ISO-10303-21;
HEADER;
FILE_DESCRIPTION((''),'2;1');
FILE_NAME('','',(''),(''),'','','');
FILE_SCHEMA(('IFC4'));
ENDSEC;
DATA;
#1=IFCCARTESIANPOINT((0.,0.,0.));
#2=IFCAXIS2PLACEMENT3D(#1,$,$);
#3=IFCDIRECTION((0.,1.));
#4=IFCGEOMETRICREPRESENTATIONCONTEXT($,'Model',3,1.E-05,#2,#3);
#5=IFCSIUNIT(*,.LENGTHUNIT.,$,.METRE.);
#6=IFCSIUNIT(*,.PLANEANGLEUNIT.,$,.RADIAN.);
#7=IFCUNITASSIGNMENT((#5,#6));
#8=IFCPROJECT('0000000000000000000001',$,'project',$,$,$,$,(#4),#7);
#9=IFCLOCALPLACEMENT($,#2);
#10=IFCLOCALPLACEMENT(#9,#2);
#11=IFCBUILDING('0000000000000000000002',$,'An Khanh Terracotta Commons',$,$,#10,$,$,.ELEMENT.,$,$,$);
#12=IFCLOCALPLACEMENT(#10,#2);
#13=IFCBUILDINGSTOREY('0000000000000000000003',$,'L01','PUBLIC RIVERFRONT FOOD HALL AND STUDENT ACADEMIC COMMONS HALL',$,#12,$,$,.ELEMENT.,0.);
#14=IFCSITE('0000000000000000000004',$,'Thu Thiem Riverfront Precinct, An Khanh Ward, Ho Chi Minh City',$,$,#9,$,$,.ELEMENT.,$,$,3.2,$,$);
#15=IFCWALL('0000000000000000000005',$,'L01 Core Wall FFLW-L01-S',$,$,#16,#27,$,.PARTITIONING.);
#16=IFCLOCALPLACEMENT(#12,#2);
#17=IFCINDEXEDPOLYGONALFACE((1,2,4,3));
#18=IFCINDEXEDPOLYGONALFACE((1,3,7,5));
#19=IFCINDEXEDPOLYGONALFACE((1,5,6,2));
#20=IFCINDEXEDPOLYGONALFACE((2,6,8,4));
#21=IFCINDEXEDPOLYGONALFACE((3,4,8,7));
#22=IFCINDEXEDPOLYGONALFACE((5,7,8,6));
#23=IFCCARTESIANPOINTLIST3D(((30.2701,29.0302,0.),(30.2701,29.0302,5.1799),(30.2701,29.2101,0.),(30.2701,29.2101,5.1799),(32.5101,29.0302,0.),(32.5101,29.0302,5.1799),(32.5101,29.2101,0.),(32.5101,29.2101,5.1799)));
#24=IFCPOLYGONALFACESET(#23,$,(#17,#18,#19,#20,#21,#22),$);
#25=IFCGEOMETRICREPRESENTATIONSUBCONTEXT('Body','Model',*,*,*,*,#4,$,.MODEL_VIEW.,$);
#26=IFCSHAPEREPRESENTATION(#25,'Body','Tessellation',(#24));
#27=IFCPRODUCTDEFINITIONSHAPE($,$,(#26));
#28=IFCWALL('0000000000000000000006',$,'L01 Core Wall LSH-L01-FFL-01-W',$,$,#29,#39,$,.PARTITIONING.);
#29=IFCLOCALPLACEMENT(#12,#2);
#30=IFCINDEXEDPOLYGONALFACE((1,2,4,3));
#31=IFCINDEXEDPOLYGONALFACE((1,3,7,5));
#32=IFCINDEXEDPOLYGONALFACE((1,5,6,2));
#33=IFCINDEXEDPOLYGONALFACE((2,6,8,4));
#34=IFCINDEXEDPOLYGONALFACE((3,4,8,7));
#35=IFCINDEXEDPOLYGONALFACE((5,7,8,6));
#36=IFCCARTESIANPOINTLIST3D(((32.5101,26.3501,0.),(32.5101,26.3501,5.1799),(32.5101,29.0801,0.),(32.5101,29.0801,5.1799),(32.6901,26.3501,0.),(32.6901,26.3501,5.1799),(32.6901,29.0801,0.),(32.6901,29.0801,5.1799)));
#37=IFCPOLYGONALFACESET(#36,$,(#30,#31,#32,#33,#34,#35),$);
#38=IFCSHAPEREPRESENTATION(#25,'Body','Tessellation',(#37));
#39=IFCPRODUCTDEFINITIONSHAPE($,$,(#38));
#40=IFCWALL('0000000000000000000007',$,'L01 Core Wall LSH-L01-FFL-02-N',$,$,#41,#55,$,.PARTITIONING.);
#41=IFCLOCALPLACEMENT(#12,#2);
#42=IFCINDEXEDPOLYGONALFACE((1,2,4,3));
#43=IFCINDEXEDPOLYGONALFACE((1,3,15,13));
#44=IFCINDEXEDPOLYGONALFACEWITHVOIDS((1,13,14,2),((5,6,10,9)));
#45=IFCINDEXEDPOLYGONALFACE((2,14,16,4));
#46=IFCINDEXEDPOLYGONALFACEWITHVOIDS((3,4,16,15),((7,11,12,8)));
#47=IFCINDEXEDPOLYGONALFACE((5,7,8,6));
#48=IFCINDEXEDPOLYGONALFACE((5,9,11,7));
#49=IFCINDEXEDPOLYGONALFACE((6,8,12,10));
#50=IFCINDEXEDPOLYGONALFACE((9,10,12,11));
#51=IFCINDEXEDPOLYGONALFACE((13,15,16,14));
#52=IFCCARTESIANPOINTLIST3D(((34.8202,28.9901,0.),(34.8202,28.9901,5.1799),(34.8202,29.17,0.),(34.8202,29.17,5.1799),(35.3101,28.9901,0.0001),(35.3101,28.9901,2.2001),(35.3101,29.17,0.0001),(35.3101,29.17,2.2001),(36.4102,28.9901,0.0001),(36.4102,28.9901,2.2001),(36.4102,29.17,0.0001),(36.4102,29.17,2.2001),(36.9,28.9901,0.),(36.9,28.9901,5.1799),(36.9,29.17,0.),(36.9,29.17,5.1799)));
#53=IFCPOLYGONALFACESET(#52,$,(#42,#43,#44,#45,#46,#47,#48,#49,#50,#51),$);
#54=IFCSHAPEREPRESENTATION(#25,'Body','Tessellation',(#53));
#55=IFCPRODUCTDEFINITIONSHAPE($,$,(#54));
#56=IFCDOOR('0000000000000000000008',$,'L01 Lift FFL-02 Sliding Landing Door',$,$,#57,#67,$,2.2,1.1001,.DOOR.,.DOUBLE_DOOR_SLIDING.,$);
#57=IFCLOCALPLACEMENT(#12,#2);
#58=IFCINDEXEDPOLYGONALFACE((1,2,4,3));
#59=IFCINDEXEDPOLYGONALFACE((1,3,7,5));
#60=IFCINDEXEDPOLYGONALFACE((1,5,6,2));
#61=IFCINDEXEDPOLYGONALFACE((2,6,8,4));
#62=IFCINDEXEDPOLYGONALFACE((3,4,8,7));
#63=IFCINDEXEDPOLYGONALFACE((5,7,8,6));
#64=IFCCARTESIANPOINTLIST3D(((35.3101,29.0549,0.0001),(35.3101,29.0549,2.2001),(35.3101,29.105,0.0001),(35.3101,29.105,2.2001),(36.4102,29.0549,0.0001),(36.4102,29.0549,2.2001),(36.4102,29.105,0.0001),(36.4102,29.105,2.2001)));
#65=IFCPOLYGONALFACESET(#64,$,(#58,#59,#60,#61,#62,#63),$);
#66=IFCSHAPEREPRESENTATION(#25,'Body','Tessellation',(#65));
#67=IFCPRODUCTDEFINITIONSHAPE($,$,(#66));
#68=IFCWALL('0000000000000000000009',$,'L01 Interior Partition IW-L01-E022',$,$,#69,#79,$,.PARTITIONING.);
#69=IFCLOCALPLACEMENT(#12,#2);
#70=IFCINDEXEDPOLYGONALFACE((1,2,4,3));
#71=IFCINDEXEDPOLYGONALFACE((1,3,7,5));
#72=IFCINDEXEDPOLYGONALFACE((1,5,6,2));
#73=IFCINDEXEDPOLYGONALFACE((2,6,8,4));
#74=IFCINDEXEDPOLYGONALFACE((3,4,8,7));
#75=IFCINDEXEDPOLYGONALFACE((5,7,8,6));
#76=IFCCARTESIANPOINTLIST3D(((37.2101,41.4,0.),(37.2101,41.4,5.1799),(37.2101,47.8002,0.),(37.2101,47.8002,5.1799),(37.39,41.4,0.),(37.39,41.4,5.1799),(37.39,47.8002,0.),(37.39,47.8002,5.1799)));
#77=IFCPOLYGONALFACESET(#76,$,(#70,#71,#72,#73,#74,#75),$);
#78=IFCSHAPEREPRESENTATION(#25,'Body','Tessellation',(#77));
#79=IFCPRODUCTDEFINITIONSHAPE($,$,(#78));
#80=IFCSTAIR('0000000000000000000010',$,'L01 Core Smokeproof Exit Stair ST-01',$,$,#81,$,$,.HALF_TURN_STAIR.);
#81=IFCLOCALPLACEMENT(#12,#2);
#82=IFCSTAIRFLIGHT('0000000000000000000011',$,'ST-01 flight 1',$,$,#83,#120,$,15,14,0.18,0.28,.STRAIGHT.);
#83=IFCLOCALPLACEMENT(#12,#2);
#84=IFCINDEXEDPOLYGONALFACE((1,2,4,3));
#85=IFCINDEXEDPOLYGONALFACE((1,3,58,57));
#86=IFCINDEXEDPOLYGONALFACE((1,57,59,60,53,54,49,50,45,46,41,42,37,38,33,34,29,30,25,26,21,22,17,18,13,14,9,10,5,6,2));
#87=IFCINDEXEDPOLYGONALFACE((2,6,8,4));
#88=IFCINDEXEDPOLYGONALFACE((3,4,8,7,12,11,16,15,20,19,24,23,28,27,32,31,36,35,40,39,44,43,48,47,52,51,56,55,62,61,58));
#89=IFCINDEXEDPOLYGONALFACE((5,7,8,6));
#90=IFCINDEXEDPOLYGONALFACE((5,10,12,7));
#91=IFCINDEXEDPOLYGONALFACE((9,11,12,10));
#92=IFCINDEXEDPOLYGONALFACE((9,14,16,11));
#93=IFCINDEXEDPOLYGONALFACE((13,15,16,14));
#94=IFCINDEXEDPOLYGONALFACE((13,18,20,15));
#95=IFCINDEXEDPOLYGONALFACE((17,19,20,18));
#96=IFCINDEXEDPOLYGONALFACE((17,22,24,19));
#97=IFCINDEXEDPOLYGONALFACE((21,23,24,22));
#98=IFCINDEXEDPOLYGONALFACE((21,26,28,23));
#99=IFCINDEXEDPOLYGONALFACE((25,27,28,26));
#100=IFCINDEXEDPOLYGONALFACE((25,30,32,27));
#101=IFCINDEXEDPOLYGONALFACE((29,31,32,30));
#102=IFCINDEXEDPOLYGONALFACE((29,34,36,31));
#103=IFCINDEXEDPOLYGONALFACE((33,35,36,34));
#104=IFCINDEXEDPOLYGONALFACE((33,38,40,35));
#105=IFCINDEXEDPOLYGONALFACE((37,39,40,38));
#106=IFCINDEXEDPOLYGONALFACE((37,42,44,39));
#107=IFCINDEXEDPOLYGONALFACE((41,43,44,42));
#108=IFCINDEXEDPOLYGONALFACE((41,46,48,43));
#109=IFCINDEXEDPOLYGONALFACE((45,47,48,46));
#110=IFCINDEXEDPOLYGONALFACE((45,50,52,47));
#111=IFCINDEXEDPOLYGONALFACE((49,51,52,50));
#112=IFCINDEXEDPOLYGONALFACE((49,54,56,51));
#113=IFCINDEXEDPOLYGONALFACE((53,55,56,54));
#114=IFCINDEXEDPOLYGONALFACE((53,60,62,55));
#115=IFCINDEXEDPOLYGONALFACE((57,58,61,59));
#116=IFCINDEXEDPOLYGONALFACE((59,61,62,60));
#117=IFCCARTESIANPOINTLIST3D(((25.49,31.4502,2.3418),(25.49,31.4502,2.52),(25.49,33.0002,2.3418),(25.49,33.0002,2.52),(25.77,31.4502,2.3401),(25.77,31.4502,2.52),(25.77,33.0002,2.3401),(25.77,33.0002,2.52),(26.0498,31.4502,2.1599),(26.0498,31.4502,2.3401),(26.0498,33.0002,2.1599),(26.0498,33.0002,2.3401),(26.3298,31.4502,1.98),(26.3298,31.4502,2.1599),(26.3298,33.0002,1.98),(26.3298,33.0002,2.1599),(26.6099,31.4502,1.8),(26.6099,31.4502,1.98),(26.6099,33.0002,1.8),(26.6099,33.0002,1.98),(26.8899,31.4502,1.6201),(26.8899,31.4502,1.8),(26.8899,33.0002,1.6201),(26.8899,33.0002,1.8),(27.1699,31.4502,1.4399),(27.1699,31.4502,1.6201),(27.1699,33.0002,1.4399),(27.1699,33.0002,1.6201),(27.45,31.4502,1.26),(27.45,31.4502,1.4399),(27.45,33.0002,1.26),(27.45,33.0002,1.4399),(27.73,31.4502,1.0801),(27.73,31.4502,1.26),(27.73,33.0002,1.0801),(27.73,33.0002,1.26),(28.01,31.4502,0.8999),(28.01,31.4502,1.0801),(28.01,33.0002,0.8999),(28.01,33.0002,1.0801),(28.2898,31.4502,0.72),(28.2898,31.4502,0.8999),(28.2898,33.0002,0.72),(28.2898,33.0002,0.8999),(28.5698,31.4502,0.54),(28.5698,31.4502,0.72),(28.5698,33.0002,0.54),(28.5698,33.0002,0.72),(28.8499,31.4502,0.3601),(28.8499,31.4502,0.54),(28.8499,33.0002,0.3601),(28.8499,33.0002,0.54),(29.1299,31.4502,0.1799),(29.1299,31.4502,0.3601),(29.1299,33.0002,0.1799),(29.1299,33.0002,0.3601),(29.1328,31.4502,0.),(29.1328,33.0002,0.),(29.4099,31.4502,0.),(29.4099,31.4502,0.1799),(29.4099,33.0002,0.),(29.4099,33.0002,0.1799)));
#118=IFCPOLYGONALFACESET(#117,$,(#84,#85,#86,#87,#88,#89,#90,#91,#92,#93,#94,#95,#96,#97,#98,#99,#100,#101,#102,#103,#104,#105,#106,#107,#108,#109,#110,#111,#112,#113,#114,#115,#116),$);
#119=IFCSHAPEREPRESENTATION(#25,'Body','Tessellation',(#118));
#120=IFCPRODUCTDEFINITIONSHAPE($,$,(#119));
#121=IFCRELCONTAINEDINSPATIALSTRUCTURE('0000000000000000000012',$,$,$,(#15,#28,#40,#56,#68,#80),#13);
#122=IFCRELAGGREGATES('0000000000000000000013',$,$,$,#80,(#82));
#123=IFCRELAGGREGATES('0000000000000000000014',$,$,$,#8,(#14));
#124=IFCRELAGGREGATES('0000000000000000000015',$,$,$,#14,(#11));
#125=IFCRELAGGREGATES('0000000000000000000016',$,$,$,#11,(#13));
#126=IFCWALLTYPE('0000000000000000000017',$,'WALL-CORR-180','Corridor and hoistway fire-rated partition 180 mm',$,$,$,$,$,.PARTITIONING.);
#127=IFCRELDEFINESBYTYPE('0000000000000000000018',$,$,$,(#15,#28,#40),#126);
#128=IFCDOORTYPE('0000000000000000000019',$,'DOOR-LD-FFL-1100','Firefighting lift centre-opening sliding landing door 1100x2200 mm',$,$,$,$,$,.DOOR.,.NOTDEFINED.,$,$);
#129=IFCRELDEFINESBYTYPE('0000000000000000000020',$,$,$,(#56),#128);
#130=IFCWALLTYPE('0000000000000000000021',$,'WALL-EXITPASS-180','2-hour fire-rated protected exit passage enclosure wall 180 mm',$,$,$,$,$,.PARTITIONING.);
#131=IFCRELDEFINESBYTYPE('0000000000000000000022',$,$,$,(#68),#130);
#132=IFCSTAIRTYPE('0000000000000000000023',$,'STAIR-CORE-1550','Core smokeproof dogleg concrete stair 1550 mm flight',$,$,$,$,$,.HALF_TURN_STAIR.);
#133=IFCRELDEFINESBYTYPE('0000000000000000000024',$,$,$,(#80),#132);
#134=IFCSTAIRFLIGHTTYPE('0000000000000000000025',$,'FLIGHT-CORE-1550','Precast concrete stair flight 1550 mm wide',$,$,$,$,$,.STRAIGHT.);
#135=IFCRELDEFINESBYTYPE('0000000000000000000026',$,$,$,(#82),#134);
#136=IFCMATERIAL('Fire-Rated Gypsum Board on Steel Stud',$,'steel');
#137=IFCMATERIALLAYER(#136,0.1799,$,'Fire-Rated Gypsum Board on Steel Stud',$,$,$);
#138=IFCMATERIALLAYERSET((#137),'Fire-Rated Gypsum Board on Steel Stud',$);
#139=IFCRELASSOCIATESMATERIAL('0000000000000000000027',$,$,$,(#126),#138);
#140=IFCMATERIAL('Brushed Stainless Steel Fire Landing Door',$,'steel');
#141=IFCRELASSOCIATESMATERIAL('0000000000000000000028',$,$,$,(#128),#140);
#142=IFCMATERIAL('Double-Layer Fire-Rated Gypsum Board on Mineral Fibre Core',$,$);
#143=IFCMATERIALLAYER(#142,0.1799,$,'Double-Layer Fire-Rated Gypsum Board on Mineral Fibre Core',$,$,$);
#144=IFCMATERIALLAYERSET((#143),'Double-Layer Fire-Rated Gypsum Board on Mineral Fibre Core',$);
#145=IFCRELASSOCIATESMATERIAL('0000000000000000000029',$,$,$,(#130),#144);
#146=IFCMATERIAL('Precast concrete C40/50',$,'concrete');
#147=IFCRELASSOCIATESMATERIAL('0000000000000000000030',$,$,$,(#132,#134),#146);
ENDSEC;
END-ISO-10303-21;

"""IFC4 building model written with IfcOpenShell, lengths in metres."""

from ifc_helpers import new_model, si_unit, direction, frame, frame_2d, origin, place, context, subcontext, project, spatial, polyline, rectangle, outline, extrude, material, layer, layer_set, type_object, element, fill, aggregate, save


model = new_model("IFC4")

# Units and contexts
model_context = context("Model", 3, precision=1e-05, world=origin(), true_north=direction((0.0, 1.0)))
body_context = subcontext(model_context, "Body", "Model", "MODEL_VIEW")
ifc_project = project(units=[si_unit("LENGTHUNIT", "METRE"), si_unit("PLANEANGLEUNIT", "RADIAN")], contexts=[model_context])

# Site, building, storey
site_placement = place(None, origin())
site = spatial("IfcSite", under=ifc_project, at=site_placement, Name="Thu Thiem Riverfront Precinct, An Khanh Ward, Ho Chi Minh City", CompositionType="ELEMENT", RefElevation=3.2)
building_placement = place(site_placement, origin())
building = spatial("IfcBuilding", under=site, at=building_placement, Name="An Khanh Terracotta Commons", CompositionType="ELEMENT")
storey_placement = place(building_placement, origin())
storey = spatial("IfcBuildingStorey", under=building, at=storey_placement, Name="L01", Description="PUBLIC RIVERFRONT FOOD HALL AND STUDENT ACADEMIC COMMONS HALL", CompositionType="ELEMENT", Elevation=0.0)

# Walls
ifc_material_1 = material(Name="Fire-Rated Gypsum Board on Steel Stud", Category="steel")
ifc_layer_1 = layer(ifc_material_1, 0.1799, Name="Fire-Rated Gypsum Board on Steel Stud")
ifc_layer_set_1 = layer_set([ifc_layer_1], Name="Fire-Rated Gypsum Board on Steel Stud")
wall_type_1 = type_object("IfcWallType", Name="WALL-CORR-180", Description="Corridor and hoistway fire-rated partition 180 mm", PredefinedType="PARTITIONING", material=ifc_layer_set_1)
wall_1_placement = place(storey_placement, frame((30.27, 29.1201, 0.0), z_axis=(0.0, 0.0, 1.0), x_axis=(1.0, 0.0, 0.0)))
element("IfcWall", 1, at=wall_1_placement, inside=storey, type_object=wall_type_1, Name="L01 Core Wall FFLW-L01-S", PredefinedType="PARTITIONING", context=body_context, shape_type="SweptSolid", body=[
    extrude(rectangle(XDim=2.24, YDim=0.1799, at=frame_2d((1.1201, 0.0))), origin(), (0.0, 0.0, 1.0), 5.1799),
])
wall_2_placement = place(storey_placement, frame((32.6001, 29.0801, 0.0), z_axis=(0.0, 0.0, 1.0), x_axis=(0.0, -1.0, 0.0)))
element("IfcWall", 2, at=wall_2_placement, inside=storey, type_object=wall_type_1, Name="L01 Core Wall LSH-L01-FFL-01-W", PredefinedType="PARTITIONING", context=body_context, shape_type="SweptSolid", body=[
    extrude(rectangle(XDim=2.73, YDim=0.1799, at=frame_2d((1.365, 0.0))), origin(), (0.0, 0.0, 1.0), 5.1799),
])

# Wall, opening, door
wall_3_placement = place(storey_placement, frame((34.8201, 29.0801, 0.0), z_axis=(0.0, 0.0, 1.0), x_axis=(1.0, 0.0, 0.0)))
wall_3 = element("IfcWall", 3, at=wall_3_placement, inside=storey, type_object=wall_type_1, Name="L01 Core Wall LSH-L01-FFL-02-N", PredefinedType="PARTITIONING", context=body_context, shape_type="SweptSolid", body=[
    extrude(rectangle(XDim=2.0798, YDim=0.1799, at=frame_2d((1.04, 0.0))), origin(), (0.0, 0.0, 1.0), 5.1799),
])
opening_1_placement = place(wall_3_placement, frame((0.49, 0.0, 0.0)))
opening_1 = element("IfcOpeningElement", 4, at=opening_1_placement, cuts=wall_3, PredefinedType="OPENING", context=body_context, shape_type="SweptSolid", body=[
    extrude(rectangle(XDim=1.1001, YDim=2.2, at=frame_2d((0.55, 1.1001))), frame((0.0, 0.0999, 0.0), z_axis=(0.0, -1.0, 0.0), x_axis=(1.0, 0.0, 0.0)), (0.0, 0.0, 1.0), 0.2),
])
ifc_material_2 = material(Name="Brushed Stainless Steel Fire Landing Door", Category="steel")
door_type_1 = type_object("IfcDoorType", Name="DOOR-LD-FFL-1100", Description="Firefighting lift centre-opening sliding landing door 1100x2200 mm", OperationType="NOTDEFINED", PredefinedType="DOOR", material=ifc_material_2)
door_1_placement = place(opening_1_placement, origin())
door_1 = element("IfcDoor", 5, at=door_1_placement, inside=storey, type_object=door_type_1, Name="L01 Lift FFL-02 Sliding Landing Door", OperationType="DOUBLE_DOOR_SLIDING", OverallHeight=2.2, OverallWidth=1.1001, PredefinedType="DOOR", context=body_context, shape_type="SweptSolid", body=[
    extrude(rectangle(XDim=1.1001, YDim=2.2, at=frame_2d((0.55, 1.1001))), frame((0.0, 0.0249, 0.0), z_axis=(0.0, -1.0, 0.0), x_axis=(1.0, 0.0, 0.0)), (0.0, 0.0, 1.0), 0.05),
])
fill(opening_1, door_1)

# Wall
ifc_material_3 = material(Name="Double-Layer Fire-Rated Gypsum Board on Mineral Fibre Core")
ifc_layer_2 = layer(ifc_material_3, 0.1799, Name="Double-Layer Fire-Rated Gypsum Board on Mineral Fibre Core")
ifc_layer_set_2 = layer_set([ifc_layer_2], Name="Double-Layer Fire-Rated Gypsum Board on Mineral Fibre Core")
wall_type_2 = type_object("IfcWallType", Name="WALL-EXITPASS-180", Description="2-hour fire-rated protected exit passage enclosure wall 180 mm", PredefinedType="PARTITIONING", material=ifc_layer_set_2)
wall_4_placement = place(storey_placement, frame((37.3, 41.3999, 0.0), z_axis=(0.0, 0.0, 1.0), x_axis=(0.0, 1.0, 0.0)))
element("IfcWall", 6, at=wall_4_placement, inside=storey, type_object=wall_type_2, Name="L01 Interior Partition IW-L01-E022", PredefinedType="PARTITIONING", context=body_context, shape_type="SweptSolid", body=[
    extrude(rectangle(XDim=6.4001, YDim=0.1799, at=frame_2d((3.2002, 0.0))), origin(), (0.0, 0.0, 1.0), 5.1799),
])

# Stair, stair flight
ifc_material_4 = material(Name="Precast concrete C40/50", Category="concrete")
stair_type = type_object("IfcStairType", Name="STAIR-CORE-1550", Description="Core smokeproof dogleg concrete stair 1550 mm flight", PredefinedType="HALF_TURN_STAIR", material=ifc_material_4)
stair_placement = place(storey_placement, origin())
stair = element("IfcStair", 7, at=stair_placement, inside=storey, type_object=stair_type, Name="L01 Core Smokeproof Exit Stair ST-01", PredefinedType="HALF_TURN_STAIR")
stair_flight_type = type_object("IfcStairFlightType", Name="FLIGHT-CORE-1550", Description="Precast concrete stair flight 1550 mm wide", PredefinedType="STRAIGHT", material=ifc_material_4)
stair_flight_placement = place(storey_placement, frame((29.4099, 32.2251, 0.0), z_axis=(0.0, 0.0, 1.0), x_axis=(-1.0, 0.0, 0.0)))
stair_flight = element("IfcStairFlight", 8, at=stair_flight_placement, type_object=stair_flight_type, Name="ST-01 flight 1", NumberOfRisers=15, NumberOfTreads=14, PredefinedType="STRAIGHT", RiserHeight=0.18, TreadLength=0.28, context=body_context, shape_type="SweptSolid", body=[
    extrude(outline(polyline([(0.0, 0.0), (0.0, 0.1799), (0.28, 0.1799), (0.28, 0.3601), (0.5601, 0.3601), (0.5601, 0.54), (0.8401, 0.54), (0.8401, 0.72), (1.1201, 0.72), (1.1201, 0.8999), (1.3999, 0.8999), (1.3999, 1.0801), (1.6799, 1.0801), (1.6799, 1.26), (1.96, 1.26), (1.96, 1.4399), (2.24, 1.4399), (2.24, 1.6201), (2.52, 1.6201), (2.52, 1.8), (2.8, 1.8), (2.8, 1.98), (3.0801, 1.98), (3.0801, 2.1599), (3.3601, 2.1599), (3.3601, 2.3401), (3.6399, 2.3401), (3.6399, 2.52), (3.9199, 2.52), (3.9199, 2.7), (3.9199, 2.3418), (0.2771, 0.0), (0.0, 0.0)])), frame((0.0, 0.7749, 0.0), z_axis=(0.0, -1.0, 0.0), x_axis=(1.0, 0.0, 0.0)), (0.0, 0.0, 1.0), 1.55),
])
aggregate(stair, [stair_flight])

save(model, "model.ifc")
